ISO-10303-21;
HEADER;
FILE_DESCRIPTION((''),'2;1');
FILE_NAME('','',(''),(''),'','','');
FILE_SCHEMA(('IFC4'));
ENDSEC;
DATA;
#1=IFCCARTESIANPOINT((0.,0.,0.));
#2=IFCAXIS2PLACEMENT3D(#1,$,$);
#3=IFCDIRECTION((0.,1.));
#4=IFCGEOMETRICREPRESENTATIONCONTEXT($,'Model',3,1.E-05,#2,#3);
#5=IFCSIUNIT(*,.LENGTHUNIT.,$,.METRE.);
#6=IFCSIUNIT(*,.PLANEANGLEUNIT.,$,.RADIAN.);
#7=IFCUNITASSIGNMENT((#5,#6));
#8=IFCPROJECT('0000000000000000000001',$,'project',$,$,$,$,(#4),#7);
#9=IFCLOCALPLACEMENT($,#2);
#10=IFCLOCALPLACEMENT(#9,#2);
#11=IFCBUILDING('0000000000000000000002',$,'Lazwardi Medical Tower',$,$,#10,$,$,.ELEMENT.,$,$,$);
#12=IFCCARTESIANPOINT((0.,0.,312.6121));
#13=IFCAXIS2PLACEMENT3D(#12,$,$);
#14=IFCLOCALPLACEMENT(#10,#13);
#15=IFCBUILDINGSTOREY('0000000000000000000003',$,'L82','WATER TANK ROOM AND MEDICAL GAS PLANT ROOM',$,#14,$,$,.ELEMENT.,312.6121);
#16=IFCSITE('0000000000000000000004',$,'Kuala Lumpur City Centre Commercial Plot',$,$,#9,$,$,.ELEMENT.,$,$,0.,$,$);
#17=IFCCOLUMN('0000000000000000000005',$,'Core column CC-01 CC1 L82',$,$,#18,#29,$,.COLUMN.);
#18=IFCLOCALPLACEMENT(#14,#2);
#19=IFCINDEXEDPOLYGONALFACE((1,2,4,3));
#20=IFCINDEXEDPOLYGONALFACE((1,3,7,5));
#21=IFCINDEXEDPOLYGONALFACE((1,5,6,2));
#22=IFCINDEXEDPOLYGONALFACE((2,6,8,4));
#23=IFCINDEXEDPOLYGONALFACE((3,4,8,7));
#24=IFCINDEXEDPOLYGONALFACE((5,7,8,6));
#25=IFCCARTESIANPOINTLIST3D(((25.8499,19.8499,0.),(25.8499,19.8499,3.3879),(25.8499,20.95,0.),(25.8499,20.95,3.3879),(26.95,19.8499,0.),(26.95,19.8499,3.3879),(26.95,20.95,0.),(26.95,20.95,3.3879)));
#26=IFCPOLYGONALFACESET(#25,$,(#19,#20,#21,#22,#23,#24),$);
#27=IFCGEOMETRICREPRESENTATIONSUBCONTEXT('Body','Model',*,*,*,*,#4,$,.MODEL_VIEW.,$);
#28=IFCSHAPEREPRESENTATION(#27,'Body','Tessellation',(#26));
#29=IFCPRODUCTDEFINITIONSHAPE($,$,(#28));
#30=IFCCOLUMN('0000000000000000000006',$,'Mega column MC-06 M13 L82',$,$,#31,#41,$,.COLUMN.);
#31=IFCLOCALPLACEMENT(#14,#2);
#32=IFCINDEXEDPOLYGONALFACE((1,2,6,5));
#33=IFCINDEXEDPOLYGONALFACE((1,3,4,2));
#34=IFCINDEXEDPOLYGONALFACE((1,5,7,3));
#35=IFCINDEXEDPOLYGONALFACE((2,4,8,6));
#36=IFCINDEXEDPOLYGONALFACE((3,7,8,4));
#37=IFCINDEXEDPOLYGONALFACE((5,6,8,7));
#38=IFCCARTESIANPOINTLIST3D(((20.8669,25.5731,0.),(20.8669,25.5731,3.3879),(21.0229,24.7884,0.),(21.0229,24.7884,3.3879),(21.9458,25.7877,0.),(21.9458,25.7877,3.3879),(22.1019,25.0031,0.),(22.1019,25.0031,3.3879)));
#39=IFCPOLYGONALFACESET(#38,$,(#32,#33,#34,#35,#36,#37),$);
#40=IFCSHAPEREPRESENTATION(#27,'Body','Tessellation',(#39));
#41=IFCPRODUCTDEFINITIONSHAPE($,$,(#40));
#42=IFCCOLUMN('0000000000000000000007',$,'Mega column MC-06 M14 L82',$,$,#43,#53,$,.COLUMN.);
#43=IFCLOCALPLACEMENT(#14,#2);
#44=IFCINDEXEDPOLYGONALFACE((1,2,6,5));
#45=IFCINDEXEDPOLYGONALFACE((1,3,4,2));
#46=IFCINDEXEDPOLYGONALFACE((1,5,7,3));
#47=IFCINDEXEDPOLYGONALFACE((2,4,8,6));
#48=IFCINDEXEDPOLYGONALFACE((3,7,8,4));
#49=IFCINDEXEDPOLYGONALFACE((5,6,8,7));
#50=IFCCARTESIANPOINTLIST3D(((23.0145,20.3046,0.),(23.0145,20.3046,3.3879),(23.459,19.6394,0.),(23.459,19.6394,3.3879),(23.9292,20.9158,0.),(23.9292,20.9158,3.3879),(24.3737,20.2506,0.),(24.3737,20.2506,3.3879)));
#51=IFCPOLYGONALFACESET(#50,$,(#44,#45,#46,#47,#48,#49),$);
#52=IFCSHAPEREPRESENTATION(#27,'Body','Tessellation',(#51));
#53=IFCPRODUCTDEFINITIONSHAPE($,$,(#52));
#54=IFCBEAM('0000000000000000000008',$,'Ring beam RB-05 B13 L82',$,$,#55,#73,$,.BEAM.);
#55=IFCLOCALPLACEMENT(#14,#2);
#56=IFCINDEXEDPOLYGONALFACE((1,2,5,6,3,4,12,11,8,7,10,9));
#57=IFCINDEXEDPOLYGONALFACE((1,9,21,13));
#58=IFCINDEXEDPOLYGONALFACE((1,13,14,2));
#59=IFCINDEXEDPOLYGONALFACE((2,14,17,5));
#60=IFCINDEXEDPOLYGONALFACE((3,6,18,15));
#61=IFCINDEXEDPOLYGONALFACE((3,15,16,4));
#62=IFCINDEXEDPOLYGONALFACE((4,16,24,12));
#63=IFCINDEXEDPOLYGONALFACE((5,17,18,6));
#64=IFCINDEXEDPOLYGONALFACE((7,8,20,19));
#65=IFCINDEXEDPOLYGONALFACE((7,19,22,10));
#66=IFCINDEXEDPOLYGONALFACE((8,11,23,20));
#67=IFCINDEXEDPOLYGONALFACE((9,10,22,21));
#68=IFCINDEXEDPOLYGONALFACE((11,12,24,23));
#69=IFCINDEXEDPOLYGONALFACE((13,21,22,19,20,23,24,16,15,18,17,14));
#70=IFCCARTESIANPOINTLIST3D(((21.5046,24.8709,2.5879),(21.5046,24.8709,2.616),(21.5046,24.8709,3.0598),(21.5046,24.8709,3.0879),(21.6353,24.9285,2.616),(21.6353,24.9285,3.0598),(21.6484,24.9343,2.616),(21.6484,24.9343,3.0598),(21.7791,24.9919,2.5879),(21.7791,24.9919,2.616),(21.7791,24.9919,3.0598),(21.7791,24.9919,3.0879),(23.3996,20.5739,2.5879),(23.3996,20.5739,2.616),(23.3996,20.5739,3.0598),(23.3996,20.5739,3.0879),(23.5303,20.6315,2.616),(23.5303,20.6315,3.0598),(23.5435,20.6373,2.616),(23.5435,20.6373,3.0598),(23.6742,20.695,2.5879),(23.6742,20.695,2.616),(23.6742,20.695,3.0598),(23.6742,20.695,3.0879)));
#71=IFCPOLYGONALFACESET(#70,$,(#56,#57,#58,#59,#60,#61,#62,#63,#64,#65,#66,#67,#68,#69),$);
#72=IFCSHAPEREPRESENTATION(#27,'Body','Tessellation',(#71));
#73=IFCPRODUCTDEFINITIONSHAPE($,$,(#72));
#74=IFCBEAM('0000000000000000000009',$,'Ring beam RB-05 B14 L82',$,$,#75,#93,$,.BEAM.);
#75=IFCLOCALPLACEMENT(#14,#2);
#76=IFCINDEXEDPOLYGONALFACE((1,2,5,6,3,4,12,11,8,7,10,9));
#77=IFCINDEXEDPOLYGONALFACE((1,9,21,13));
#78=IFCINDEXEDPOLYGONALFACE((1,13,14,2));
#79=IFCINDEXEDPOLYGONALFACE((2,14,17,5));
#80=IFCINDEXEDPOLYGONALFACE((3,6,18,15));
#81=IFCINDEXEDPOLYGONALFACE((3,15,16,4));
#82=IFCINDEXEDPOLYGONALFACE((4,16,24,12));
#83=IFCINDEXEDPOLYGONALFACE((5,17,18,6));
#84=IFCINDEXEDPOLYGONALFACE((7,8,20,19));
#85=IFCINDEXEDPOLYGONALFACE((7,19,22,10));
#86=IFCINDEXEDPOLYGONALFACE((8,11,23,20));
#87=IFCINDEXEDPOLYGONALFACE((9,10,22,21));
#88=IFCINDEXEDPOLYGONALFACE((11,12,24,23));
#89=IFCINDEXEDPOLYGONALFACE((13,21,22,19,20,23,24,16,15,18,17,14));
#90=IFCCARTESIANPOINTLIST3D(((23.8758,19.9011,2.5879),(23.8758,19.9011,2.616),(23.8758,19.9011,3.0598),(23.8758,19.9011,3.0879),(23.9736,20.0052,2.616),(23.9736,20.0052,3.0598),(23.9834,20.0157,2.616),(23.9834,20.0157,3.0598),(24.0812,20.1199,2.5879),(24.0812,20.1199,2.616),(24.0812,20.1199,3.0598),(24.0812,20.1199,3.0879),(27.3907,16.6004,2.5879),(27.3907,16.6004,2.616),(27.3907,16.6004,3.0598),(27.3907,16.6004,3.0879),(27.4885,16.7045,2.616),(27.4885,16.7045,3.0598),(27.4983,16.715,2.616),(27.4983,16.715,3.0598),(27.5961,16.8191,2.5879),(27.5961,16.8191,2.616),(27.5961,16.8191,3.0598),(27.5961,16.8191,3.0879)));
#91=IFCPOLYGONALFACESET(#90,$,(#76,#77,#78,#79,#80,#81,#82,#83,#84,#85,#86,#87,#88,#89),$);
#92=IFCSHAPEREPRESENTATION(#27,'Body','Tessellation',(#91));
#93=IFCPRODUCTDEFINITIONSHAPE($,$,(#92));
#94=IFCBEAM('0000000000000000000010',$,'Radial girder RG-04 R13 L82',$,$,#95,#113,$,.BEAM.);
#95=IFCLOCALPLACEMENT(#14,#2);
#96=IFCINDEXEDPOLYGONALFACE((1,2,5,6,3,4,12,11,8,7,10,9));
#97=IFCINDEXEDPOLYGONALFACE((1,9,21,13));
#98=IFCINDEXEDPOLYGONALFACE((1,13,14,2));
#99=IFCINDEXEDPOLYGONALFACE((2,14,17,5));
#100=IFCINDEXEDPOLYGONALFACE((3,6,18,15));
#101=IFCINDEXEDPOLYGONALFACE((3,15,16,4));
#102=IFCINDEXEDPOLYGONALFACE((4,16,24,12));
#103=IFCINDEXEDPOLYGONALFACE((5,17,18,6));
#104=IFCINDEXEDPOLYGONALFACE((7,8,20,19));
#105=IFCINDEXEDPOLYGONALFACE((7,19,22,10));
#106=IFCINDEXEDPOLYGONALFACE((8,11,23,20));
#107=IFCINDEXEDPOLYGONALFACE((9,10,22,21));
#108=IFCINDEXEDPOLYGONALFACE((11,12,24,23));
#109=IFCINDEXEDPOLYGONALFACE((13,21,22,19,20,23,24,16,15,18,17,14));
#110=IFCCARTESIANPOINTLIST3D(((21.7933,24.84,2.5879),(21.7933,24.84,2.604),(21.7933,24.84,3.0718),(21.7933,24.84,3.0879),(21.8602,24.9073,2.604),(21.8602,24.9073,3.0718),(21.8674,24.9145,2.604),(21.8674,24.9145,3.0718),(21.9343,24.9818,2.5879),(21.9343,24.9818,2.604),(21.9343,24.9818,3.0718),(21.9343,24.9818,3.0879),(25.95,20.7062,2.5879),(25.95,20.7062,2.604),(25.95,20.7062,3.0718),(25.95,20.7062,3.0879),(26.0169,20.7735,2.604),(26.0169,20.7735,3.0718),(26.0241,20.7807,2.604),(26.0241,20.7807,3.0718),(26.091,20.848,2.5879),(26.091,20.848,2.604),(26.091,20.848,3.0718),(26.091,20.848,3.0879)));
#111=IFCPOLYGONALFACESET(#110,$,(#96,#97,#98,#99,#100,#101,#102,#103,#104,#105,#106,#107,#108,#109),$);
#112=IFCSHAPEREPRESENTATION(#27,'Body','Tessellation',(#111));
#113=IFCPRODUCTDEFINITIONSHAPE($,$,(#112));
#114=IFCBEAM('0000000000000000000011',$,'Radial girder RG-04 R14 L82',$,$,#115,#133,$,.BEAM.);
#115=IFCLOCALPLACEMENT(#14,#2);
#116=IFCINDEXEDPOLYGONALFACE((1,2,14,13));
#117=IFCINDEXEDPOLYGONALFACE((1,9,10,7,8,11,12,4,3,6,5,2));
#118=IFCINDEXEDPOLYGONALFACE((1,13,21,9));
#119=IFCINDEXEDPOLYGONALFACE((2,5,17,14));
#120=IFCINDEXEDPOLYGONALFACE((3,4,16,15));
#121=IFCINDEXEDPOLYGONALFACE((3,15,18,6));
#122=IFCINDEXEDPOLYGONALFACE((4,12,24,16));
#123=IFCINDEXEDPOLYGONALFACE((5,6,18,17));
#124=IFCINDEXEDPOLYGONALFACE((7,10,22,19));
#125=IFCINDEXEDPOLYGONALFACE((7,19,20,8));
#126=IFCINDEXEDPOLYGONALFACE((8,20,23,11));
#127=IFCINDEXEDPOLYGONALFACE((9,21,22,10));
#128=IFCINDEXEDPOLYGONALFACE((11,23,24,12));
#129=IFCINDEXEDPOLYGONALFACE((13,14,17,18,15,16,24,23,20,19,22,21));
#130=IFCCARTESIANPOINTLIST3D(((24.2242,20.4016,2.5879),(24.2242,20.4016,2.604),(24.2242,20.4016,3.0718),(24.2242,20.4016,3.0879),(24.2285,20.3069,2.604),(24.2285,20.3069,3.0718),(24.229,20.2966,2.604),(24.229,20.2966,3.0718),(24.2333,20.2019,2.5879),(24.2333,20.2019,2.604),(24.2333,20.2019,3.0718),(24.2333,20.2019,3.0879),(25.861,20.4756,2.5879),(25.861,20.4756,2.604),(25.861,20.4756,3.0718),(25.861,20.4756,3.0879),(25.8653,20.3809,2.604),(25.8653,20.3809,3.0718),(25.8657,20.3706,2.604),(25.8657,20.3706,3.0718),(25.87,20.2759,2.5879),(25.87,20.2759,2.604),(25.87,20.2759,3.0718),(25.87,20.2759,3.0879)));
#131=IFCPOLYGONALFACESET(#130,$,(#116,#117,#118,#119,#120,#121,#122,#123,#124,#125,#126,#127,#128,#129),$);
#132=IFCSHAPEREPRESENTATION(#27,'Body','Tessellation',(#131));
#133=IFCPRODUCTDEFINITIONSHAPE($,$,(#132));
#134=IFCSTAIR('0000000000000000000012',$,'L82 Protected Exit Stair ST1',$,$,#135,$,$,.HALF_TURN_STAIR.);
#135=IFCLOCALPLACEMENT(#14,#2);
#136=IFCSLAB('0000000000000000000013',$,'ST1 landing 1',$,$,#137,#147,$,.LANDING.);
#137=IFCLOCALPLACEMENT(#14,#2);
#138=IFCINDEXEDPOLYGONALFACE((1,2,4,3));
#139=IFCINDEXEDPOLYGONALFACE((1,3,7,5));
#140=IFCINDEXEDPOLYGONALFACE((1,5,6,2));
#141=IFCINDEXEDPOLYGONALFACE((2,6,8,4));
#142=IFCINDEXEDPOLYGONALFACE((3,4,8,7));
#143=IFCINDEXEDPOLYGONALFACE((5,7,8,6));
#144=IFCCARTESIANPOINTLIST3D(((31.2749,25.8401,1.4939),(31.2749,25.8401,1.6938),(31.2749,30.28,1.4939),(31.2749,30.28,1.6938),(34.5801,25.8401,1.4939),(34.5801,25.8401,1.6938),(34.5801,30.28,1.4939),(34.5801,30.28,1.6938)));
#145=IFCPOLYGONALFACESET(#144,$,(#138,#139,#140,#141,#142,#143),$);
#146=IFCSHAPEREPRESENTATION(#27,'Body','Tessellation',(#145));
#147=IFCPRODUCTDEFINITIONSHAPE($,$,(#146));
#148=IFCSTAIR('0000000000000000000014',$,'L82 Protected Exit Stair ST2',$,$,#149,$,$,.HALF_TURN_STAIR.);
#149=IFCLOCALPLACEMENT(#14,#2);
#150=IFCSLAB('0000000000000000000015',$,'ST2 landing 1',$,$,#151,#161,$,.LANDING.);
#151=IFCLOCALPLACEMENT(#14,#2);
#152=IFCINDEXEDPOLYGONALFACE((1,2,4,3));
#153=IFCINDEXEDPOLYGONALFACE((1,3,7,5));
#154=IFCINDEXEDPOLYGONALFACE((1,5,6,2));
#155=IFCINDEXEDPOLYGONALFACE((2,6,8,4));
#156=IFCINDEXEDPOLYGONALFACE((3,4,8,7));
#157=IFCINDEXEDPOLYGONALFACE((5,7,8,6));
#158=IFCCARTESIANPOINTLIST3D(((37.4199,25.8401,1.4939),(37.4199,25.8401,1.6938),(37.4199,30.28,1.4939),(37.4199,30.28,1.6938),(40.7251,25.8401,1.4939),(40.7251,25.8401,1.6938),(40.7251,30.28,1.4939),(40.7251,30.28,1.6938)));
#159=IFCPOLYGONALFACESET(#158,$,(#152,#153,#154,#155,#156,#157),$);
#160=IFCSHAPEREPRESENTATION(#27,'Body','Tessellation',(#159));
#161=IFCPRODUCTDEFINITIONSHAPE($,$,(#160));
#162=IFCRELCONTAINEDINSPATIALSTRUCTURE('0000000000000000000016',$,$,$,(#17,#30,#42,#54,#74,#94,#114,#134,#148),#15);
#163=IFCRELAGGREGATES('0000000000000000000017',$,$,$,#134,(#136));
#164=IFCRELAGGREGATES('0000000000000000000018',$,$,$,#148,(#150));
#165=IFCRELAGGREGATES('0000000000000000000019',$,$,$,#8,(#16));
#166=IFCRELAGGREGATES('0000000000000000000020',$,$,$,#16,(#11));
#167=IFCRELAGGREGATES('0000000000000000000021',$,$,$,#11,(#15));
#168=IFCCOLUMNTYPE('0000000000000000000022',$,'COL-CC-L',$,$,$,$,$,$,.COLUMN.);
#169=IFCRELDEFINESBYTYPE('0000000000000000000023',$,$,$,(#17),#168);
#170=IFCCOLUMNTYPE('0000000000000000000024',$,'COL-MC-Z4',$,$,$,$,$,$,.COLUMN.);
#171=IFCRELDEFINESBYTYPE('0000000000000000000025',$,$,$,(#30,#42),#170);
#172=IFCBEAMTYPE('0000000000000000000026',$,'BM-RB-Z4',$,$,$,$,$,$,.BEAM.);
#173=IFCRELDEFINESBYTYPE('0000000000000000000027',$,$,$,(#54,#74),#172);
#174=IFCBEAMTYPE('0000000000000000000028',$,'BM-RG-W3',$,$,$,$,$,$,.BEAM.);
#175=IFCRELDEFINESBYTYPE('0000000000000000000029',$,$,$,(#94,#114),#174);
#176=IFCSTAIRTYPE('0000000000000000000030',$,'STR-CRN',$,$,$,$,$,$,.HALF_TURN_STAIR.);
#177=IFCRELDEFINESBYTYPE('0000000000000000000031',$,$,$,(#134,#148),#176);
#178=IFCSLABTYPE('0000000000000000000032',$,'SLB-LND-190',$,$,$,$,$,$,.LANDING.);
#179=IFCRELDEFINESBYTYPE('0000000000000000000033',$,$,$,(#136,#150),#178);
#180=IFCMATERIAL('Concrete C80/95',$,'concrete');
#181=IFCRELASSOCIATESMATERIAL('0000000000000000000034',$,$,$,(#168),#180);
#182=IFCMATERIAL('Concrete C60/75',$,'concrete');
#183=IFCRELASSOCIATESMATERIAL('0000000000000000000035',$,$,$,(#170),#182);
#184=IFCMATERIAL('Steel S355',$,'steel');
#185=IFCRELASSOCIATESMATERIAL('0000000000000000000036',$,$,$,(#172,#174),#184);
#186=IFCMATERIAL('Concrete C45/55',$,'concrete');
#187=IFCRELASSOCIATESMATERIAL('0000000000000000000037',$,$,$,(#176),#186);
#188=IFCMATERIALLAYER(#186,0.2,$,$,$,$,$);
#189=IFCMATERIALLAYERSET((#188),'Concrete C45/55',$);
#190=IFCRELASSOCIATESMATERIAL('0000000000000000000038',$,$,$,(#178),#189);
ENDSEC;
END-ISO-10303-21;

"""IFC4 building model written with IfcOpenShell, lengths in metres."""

from ifc_helpers import new_model, si_unit, direction, frame, origin, origin_2d, place, context, subcontext, project, spatial, polyline, rectangle, i_section, outline, extrude, material, layer, layer_set, material_profile, profile_set, type_object, element, aggregate, save


model = new_model("IFC4")

# Units and contexts
model_context = context("Model", 3, precision=1e-05, world=origin(), true_north=direction((0.0, 1.0)))
body_context = subcontext(model_context, "Body", "Model", "MODEL_VIEW")
ifc_project = project(units=[si_unit("LENGTHUNIT", "METRE"), si_unit("PLANEANGLEUNIT", "RADIAN")], contexts=[model_context])

# Site, building, storey
site_placement = place(None, origin())
site = spatial("IfcSite", under=ifc_project, at=site_placement, Name="Kuala Lumpur City Centre Commercial Plot", CompositionType="ELEMENT", RefElevation=0.0)
building_placement = place(site_placement, origin())
building = spatial("IfcBuilding", under=site, at=building_placement, Name="Lazwardi Medical Tower", CompositionType="ELEMENT")
storey_placement = place(building_placement, frame((0.0, 0.0, 312.6121)))
storey = spatial("IfcBuildingStorey", under=building, at=storey_placement, Name="L82", Description="WATER TANK ROOM AND MEDICAL GAS PLANT ROOM", CompositionType="ELEMENT", Elevation=312.6121)

# Columns
ifc_material_1 = material(Name="Concrete C80/95", Category="concrete")
ifc_material_profile_1 = material_profile(ifc_material_1, rectangle(XDim=1.1001, YDim=1.1001, at=origin_2d()), Name="RC 1100x1100")
ifc_profile_set_1 = profile_set([ifc_material_profile_1], Name="Concrete C80/95")
column_type_1 = type_object("IfcColumnType", Name="COL-CC-L", PredefinedType="COLUMN", material=ifc_profile_set_1)
column_placement = place(storey_placement, frame((26.3999, 20.3999, 0.0), z_axis=(0.0, 0.0, 1.0), x_axis=(1.0, 0.0, 0.0)))
element("IfcColumn", 1, at=column_placement, inside=storey, type_object=column_type_1, Name="Core column CC-01 CC1 L82", PredefinedType="COLUMN", context=body_context, shape_type="SweptSolid", body=[
    extrude(rectangle(XDim=1.1001, YDim=1.1001, at=origin_2d()), origin(), (0.0, 0.0, 1.0), 3.3879),
])
ifc_material_2 = material(Name="Concrete C60/75", Category="concrete")
ifc_material_profile_2 = material_profile(ifc_material_2, rectangle(XDim=1.1001, YDim=0.8, at=origin_2d()), Name="CFT-RECT 1100x800")
ifc_profile_set_2 = profile_set([ifc_material_profile_2], Name="Concrete C60/75")
column_type_2 = type_object("IfcColumnType", Name="COL-MC-Z4", PredefinedType="COLUMN", material=ifc_profile_set_2)
for number, where, z_axis, x_axis, name in (
    (2, (21.4844, 25.2881, 0.0), (0.0, 0.0, 1.0), (-0.980785, -0.19509, 0.0), "Mega column MC-06 M13 L82"),
    (3, (23.6941, 20.2776, 0.0), (0.0, 0.0, 1.0), (-0.83147, -0.55557, 0.0), "Mega column MC-06 M14 L82"),
):
    element("IfcColumn", number, at=place(storey_placement, frame(where, z_axis=z_axis, x_axis=x_axis)), inside=storey, type_object=column_type_2, Name=name, PredefinedType="COLUMN", context=body_context, shape_type="SweptSolid", body=[
        extrude(rectangle(XDim=1.1001, YDim=0.8, at=origin_2d()), origin(), (0.0, 0.0, 1.0), 3.3879),
    ])

# Beams
ifc_material_3 = material(Name="Steel S355", Category="steel")
ifc_material_profile_3 = material_profile(ifc_material_3, i_section(OverallWidth=0.3, OverallDepth=0.5, WebThickness=0.0144, FlangeThickness=0.0281, at=origin_2d()), Name="HEB 500")
ifc_profile_set_3 = profile_set([ifc_material_profile_3], Name="Steel S355")
beam_type_1 = type_object("IfcBeamType", Name="BM-RB-Z4", PredefinedType="BEAM", material=ifc_profile_set_3)
beam_1_placement = place(storey_placement, frame((21.6418, 24.9314, 2.8379), z_axis=(0.403522, -0.91497, 0.0), x_axis=(0.91497, 0.403522, 0.0)))
element("IfcBeam", 4, at=beam_1_placement, inside=storey, type_object=beam_type_1, Name="Ring beam RB-05 B13 L82", PredefinedType="BEAM", context=body_context, shape_type="SweptSolid", body=[
    extrude(i_section(OverallWidth=0.3, OverallDepth=0.5, WebThickness=0.0144, FlangeThickness=0.0281, at=origin_2d()), origin(), (0.0, 0.0, 1.0), 4.6963),
])
beam_2_placement = place(storey_placement, frame((23.9785, 20.0105, 2.8379), z_axis=(0.728961, -0.684556, 0.0), x_axis=(0.684556, 0.728961, 0.0)))
element("IfcBeam", 5, at=beam_2_placement, inside=storey, type_object=beam_type_1, Name="Ring beam RB-05 B14 L82", PredefinedType="BEAM", context=body_context, shape_type="SweptSolid", body=[
    extrude(i_section(OverallWidth=0.3, OverallDepth=0.5, WebThickness=0.0144, FlangeThickness=0.0281, at=origin_2d()), origin(), (0.0, 0.0, 1.0), 4.8218),
])
ifc_material_profile_4 = material_profile(ifc_material_3, i_section(OverallWidth=0.2, OverallDepth=0.5, WebThickness=0.0103, FlangeThickness=0.0161, at=origin_2d()), Name="IPE 500")
ifc_profile_set_4 = profile_set([ifc_material_profile_4], Name="Steel S355")
beam_type_2 = type_object("IfcBeamType", Name="BM-RG-W3", PredefinedType="BEAM", material=ifc_profile_set_4)
beam_3_placement = place(storey_placement, frame((21.8638, 24.9109, 2.8379), z_axis=(0.709061, -0.705147, 0.0), x_axis=(0.705147, 0.709061, 0.0)))
element("IfcBeam", 6, at=beam_3_placement, inside=storey, type_object=beam_type_2, Name="Radial girder RG-04 R13 L82", PredefinedType="BEAM", context=body_context, shape_type="SweptSolid", body=[
    extrude(i_section(OverallWidth=0.2, OverallDepth=0.5, WebThickness=0.0103, FlangeThickness=0.0161, at=origin_2d()), origin(), (0.0, 0.0, 1.0), 5.8623),
])
beam_4_placement = place(storey_placement, frame((24.2288, 20.3018, 2.8379), z_axis=(0.99898, 0.045151, 0.0), x_axis=(-0.045151, 0.99898, 0.0)))
element("IfcBeam", 7, at=beam_4_placement, inside=storey, type_object=beam_type_2, Name="Radial girder RG-04 R14 L82", PredefinedType="BEAM", context=body_context, shape_type="SweptSolid", body=[
    extrude(i_section(OverallWidth=0.2, OverallDepth=0.5, WebThickness=0.0103, FlangeThickness=0.0161, at=origin_2d()), origin(), (0.0, 0.0, 1.0), 1.6384),
])

# Stairs, slabs
ifc_material_4 = material(Name="Concrete C45/55", Category="concrete")
stair_type = type_object("IfcStairType", Name="STR-CRN", PredefinedType="HALF_TURN_STAIR", material=ifc_material_4)
stair_1_placement = place(storey_placement, origin())
stair_1 = element("IfcStair", 8, at=stair_1_placement, inside=storey, type_object=stair_type, Name="L82 Protected Exit Stair ST1", PredefinedType="HALF_TURN_STAIR")
ifc_layer_1 = layer(ifc_material_4, 0.2)
ifc_layer_set_1 = layer_set([ifc_layer_1], Name="Concrete C45/55")
slab_type_1 = type_object("IfcSlabType", Name="SLB-LND-190", PredefinedType="LANDING", material=ifc_layer_set_1)
slab_1_placement = place(storey_placement, frame((0.0, 0.0, 1.4939)))
slab_1 = element("IfcSlab", 9, at=slab_1_placement, type_object=slab_type_1, Name="ST1 landing 1", PredefinedType="LANDING", context=body_context, shape_type="SweptSolid", body=[
    extrude(outline(polyline([(31.2749, 25.8401), (34.5801, 25.8401), (34.5801, 30.28), (31.2749, 30.28), (31.2749, 25.8401)])), origin(), (0.0, 0.0, 1.0), 0.2),
])
aggregate(stair_1, [slab_1])
stair_2_placement = place(storey_placement, origin())
stair_2 = element("IfcStair", 10, at=stair_2_placement, inside=storey, type_object=stair_type, Name="L82 Protected Exit Stair ST2", PredefinedType="HALF_TURN_STAIR")
slab_2_placement = place(storey_placement, frame((0.0, 0.0, 1.4939)))
slab_2 = element("IfcSlab", 11, at=slab_2_placement, type_object=slab_type_1, Name="ST2 landing 1", PredefinedType="LANDING", context=body_context, shape_type="SweptSolid", body=[
    extrude(outline(polyline([(40.7251, 30.28), (37.4199, 30.28), (37.4199, 25.8401), (40.7251, 25.8401), (40.7251, 30.28)])), origin(), (0.0, 0.0, 1.0), 0.2),
])
aggregate(stair_2, [slab_2])

save(model, "model.ifc")
